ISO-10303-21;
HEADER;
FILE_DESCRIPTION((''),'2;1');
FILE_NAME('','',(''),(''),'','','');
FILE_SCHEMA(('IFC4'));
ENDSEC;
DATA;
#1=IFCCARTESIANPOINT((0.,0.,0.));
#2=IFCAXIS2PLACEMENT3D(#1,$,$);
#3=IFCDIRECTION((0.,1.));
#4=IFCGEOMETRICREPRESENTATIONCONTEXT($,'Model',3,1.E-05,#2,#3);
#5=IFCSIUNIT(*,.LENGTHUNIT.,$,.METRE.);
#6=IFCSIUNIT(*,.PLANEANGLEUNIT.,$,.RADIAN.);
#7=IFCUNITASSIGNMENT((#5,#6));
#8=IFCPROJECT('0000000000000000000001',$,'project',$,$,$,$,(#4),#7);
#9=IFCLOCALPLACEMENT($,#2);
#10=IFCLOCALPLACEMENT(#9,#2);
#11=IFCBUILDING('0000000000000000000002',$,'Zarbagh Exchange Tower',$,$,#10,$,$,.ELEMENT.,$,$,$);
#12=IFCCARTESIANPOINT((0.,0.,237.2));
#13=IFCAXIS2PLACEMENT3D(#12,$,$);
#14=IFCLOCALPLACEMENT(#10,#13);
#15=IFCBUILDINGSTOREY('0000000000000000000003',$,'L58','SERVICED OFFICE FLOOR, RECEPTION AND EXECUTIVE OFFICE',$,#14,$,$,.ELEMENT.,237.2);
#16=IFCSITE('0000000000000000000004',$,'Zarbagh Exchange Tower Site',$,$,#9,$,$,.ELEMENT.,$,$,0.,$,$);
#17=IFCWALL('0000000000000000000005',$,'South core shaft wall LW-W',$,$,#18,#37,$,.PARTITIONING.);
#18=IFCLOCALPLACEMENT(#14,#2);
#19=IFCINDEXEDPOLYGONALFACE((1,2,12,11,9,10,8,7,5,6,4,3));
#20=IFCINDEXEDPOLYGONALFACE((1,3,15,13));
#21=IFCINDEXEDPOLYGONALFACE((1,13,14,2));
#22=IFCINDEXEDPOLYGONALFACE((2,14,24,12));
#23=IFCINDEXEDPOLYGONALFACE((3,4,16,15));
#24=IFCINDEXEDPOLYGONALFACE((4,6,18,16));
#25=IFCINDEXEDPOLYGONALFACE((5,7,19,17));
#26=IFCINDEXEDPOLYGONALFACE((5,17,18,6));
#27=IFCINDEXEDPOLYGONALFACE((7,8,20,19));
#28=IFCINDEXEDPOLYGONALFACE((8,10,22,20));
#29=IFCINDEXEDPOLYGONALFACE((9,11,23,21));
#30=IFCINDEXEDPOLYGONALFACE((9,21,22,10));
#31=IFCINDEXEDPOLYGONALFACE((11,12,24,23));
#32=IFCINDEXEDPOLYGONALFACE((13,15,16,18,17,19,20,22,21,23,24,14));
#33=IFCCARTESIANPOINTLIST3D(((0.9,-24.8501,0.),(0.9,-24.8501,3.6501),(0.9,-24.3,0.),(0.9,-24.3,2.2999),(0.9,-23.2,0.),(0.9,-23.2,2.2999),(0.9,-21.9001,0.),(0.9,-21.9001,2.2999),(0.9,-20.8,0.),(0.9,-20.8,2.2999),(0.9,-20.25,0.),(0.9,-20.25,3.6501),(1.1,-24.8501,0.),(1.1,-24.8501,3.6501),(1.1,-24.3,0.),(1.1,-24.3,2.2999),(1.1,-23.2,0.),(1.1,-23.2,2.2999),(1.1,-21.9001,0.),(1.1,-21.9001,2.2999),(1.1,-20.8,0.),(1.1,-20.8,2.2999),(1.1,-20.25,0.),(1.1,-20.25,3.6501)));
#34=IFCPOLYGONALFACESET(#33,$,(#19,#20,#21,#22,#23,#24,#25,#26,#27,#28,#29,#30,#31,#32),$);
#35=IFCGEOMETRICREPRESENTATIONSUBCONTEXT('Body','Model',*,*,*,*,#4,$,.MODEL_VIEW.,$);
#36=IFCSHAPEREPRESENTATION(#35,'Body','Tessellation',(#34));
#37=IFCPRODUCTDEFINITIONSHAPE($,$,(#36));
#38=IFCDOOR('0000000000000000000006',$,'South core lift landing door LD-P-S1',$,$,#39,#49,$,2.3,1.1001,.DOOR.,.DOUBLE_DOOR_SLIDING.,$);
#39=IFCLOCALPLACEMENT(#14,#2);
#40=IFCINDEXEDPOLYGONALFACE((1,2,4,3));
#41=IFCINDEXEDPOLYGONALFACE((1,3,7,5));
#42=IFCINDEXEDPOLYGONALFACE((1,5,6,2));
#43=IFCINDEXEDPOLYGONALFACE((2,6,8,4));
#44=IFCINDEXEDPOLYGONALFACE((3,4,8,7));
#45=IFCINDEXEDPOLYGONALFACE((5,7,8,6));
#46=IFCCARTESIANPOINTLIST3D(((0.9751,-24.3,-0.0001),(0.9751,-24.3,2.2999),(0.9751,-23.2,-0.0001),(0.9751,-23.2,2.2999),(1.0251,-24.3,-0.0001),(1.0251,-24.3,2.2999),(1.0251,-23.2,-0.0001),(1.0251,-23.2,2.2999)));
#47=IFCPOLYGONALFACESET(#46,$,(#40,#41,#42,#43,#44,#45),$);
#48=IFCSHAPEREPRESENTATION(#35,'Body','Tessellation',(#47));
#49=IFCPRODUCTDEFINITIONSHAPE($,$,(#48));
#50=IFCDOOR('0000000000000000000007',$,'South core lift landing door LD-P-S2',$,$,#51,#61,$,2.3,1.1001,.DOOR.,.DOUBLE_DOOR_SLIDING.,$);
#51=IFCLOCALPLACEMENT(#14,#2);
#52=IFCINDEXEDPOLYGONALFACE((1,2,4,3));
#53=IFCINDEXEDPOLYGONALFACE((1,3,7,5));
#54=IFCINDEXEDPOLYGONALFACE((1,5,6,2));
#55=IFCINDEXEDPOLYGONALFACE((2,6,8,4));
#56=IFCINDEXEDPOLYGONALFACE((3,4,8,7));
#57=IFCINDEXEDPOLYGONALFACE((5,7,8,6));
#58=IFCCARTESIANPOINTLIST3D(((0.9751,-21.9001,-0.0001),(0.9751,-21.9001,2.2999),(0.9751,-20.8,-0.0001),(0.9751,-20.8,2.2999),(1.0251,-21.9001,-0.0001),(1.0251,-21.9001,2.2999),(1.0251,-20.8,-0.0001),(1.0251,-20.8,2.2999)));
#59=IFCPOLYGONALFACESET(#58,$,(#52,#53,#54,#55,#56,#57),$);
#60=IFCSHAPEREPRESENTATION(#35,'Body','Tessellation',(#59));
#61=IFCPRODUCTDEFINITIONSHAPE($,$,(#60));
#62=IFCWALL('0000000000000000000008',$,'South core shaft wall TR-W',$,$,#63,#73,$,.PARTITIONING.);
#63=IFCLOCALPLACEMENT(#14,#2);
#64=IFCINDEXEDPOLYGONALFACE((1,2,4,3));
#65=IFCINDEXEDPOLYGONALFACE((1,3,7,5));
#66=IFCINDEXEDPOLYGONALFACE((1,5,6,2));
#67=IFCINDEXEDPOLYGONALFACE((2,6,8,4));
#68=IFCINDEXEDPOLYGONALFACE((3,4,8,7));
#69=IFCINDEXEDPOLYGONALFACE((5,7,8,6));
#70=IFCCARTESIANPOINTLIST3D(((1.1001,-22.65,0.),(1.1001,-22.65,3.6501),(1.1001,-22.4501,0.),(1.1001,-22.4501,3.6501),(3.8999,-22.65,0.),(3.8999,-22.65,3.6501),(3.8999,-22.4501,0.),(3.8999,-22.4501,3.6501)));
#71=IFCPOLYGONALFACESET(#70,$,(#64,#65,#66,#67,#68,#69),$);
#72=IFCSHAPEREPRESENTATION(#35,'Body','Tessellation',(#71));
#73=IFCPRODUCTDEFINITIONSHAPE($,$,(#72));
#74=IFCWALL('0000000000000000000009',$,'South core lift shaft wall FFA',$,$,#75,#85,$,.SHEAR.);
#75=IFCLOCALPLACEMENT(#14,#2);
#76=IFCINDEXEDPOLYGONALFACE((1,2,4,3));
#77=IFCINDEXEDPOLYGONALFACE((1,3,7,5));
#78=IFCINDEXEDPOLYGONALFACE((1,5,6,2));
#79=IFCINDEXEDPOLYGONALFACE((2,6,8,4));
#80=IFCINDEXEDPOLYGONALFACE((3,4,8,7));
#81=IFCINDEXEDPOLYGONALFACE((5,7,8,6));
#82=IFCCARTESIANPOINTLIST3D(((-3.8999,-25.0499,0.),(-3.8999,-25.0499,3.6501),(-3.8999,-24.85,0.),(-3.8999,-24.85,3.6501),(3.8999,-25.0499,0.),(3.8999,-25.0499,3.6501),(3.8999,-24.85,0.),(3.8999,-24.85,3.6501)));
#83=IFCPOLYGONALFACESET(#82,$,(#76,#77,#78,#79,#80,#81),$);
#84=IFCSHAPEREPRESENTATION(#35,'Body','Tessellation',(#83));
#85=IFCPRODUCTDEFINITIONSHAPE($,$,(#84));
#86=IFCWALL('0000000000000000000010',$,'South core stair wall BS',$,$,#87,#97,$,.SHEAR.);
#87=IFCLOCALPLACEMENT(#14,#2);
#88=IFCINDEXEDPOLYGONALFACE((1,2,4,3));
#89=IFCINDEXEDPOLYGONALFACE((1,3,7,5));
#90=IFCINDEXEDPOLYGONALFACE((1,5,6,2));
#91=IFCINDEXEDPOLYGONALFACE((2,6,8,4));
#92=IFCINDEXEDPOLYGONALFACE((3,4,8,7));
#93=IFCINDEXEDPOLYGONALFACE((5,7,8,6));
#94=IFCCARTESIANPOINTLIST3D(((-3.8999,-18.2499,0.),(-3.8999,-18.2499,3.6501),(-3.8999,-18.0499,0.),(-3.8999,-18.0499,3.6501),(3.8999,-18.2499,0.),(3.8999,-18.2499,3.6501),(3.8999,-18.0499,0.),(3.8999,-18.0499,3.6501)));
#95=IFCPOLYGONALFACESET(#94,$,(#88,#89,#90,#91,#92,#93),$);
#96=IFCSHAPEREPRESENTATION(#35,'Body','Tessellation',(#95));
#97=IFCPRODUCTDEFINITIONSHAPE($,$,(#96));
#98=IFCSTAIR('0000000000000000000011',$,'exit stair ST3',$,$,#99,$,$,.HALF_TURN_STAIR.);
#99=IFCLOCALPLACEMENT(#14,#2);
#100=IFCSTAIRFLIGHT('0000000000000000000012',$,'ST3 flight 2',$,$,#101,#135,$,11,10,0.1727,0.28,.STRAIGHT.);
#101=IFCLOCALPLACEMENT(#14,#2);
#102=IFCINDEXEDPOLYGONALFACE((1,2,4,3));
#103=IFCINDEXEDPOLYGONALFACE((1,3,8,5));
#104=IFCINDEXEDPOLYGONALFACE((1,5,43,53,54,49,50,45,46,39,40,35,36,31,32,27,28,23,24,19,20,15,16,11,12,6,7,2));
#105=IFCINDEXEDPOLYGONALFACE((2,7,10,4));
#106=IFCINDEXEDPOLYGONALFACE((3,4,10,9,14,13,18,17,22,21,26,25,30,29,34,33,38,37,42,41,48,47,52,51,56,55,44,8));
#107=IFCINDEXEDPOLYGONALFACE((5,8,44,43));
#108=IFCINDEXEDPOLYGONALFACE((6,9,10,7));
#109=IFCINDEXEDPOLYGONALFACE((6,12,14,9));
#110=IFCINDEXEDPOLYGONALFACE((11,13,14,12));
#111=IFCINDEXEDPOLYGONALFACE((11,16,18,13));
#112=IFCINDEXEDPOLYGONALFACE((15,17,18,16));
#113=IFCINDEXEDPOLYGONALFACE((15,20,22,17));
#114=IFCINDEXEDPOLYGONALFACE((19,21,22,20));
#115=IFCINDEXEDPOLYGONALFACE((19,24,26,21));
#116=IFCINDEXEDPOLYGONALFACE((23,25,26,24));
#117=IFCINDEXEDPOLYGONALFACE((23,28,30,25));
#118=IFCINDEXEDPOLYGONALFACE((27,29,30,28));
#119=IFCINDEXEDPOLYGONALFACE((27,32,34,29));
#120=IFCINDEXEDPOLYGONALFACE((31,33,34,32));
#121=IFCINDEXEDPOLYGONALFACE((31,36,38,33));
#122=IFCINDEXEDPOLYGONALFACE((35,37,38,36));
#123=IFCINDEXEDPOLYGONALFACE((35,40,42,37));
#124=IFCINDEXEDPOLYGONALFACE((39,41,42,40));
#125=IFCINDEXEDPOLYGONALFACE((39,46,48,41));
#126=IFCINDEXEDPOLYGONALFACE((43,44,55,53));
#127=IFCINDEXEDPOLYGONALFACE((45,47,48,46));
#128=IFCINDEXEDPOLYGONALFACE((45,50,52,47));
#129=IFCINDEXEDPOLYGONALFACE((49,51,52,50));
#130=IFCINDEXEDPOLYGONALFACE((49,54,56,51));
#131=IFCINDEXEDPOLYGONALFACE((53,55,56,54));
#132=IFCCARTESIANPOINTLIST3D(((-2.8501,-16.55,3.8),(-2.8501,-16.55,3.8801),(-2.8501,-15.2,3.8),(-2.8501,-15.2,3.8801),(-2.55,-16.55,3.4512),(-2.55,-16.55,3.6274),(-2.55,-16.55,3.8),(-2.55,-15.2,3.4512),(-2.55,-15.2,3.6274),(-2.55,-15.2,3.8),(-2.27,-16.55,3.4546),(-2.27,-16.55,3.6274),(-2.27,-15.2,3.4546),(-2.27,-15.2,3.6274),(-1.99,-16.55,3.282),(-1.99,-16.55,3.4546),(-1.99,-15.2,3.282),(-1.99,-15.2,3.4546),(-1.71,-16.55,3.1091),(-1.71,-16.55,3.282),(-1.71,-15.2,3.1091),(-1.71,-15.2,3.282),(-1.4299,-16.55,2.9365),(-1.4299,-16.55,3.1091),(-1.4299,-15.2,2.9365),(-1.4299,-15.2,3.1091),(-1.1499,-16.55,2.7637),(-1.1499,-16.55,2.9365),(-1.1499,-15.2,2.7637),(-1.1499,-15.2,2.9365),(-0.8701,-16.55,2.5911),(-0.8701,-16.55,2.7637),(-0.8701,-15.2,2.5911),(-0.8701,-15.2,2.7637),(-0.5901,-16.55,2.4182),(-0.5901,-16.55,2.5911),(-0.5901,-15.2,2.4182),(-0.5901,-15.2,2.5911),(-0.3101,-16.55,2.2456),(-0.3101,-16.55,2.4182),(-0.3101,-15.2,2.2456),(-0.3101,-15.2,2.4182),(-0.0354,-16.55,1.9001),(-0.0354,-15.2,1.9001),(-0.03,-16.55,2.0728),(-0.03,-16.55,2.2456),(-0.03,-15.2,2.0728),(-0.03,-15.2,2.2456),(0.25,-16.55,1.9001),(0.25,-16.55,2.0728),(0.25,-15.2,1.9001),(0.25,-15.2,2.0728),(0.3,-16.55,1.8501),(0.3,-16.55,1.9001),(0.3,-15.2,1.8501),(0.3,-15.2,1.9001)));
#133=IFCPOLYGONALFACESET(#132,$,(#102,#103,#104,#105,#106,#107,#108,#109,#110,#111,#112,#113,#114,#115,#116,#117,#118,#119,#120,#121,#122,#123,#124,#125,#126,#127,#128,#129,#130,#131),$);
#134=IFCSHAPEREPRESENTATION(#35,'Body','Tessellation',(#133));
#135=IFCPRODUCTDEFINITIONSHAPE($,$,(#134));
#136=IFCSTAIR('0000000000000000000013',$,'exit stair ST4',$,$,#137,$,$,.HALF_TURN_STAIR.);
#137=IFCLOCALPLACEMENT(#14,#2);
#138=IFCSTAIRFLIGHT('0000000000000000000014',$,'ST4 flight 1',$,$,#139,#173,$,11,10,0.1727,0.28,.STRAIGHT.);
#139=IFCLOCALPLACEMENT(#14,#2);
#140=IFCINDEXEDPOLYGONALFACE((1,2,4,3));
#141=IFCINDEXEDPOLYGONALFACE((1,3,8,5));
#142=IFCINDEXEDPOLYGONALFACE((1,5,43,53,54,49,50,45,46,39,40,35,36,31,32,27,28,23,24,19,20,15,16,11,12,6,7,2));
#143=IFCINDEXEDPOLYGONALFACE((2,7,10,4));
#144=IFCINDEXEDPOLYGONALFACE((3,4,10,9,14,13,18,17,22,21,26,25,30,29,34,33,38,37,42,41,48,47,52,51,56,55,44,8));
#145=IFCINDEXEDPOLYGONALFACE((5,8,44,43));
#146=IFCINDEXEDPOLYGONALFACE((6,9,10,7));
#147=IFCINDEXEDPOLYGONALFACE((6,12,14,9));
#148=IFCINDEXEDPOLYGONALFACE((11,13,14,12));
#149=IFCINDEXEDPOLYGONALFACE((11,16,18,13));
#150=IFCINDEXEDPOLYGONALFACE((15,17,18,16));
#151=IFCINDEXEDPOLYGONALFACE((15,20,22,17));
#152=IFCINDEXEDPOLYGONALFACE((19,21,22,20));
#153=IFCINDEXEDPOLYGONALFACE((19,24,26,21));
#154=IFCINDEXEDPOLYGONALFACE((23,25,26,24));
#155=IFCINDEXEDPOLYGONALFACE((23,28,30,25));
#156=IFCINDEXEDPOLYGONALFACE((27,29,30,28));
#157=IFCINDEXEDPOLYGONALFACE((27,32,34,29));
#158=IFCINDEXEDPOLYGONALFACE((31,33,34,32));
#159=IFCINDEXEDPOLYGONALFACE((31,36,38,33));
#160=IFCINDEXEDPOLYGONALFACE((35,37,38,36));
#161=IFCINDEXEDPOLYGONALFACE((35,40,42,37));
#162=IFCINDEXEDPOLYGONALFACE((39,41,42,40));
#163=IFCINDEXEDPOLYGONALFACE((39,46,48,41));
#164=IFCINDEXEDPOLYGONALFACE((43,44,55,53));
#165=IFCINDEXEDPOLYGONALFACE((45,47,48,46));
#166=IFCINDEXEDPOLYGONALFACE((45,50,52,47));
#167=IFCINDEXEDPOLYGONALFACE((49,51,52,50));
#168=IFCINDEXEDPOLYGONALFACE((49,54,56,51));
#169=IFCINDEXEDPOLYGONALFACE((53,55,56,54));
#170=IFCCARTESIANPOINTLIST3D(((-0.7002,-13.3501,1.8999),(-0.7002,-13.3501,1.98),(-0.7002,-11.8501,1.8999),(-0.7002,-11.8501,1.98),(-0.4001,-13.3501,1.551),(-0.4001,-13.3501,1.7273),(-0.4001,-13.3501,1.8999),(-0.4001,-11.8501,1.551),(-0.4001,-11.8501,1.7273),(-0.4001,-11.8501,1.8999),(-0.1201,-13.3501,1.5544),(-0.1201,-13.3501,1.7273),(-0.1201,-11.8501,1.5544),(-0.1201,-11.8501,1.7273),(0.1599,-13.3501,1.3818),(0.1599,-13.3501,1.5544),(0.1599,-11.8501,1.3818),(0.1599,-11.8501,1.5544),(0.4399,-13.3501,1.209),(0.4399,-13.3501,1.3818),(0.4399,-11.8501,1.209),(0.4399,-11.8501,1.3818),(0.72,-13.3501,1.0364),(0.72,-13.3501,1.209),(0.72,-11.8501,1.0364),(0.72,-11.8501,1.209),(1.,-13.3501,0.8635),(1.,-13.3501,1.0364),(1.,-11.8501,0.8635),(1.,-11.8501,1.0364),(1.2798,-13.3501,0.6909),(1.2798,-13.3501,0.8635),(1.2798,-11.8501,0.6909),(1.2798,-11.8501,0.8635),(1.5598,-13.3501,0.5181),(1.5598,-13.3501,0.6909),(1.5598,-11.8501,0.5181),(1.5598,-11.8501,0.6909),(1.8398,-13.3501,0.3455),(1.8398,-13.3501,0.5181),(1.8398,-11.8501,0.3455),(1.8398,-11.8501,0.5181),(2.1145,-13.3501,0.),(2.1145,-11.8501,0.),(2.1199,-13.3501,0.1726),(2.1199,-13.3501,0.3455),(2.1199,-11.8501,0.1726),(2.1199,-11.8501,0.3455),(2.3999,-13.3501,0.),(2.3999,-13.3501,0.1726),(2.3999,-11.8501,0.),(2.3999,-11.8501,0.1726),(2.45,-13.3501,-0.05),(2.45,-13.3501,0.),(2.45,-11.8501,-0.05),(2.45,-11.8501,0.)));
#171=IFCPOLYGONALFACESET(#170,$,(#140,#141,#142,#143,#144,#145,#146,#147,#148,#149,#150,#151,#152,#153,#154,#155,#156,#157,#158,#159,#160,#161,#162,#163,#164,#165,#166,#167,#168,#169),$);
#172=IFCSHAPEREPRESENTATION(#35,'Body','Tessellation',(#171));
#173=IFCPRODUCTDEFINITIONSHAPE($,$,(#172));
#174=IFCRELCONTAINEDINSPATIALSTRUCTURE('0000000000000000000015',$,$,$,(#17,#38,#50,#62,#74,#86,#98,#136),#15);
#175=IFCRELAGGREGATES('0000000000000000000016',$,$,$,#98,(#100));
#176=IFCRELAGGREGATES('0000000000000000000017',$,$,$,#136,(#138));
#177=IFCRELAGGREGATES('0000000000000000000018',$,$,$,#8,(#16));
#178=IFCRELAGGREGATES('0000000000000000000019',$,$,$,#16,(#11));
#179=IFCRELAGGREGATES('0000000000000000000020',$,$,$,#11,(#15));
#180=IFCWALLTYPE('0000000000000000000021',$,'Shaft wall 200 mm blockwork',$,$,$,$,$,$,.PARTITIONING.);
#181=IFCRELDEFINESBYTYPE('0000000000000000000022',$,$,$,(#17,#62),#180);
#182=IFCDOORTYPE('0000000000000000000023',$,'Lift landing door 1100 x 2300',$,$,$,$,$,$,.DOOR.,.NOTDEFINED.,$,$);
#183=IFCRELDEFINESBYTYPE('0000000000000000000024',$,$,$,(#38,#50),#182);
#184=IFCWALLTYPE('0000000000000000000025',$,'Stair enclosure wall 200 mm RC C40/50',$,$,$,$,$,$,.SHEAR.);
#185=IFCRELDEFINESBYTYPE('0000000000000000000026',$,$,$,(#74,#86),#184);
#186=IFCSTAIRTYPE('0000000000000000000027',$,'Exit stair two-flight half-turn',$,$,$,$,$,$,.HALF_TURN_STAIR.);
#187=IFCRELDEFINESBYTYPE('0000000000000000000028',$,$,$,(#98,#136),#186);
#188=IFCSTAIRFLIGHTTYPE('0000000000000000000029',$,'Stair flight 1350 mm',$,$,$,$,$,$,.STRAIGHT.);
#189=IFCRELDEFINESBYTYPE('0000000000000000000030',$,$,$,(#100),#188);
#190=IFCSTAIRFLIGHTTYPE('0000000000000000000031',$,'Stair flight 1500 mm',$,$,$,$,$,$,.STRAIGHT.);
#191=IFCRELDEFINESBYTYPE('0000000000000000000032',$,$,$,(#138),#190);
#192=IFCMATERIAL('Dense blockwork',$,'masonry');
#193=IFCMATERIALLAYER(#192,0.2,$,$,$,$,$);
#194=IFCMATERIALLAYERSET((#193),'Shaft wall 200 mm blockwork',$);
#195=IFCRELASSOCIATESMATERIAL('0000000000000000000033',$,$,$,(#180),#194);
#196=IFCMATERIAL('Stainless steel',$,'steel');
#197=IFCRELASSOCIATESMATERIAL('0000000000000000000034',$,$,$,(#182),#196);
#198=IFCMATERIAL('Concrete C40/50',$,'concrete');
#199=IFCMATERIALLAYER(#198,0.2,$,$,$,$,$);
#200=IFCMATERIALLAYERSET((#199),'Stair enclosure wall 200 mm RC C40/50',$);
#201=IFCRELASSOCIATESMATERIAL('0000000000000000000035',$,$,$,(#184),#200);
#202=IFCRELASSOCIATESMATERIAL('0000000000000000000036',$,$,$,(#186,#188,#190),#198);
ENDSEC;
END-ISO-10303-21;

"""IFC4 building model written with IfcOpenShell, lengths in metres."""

from ifc_helpers import new_model, si_unit, direction, frame, frame_2d, origin, place, context, subcontext, project, spatial, polyline, rectangle, outline, extrude, material, layer, layer_set, type_object, element, fill, aggregate, save


model = new_model("IFC4")

# Units and contexts
model_context = context("Model", 3, precision=1e-05, world=origin(), true_north=direction((0.0, 1.0)))
body_context = subcontext(model_context, "Body", "Model", "MODEL_VIEW")
ifc_project = project(units=[si_unit("LENGTHUNIT", "METRE"), si_unit("PLANEANGLEUNIT", "RADIAN")], contexts=[model_context])

# Site, building, storey
site_placement = place(None, origin())
site = spatial("IfcSite", under=ifc_project, at=site_placement, Name="Zarbagh Exchange Tower Site", CompositionType="ELEMENT", RefElevation=0.0)
building_placement = place(site_placement, origin())
building = spatial("IfcBuilding", under=site, at=building_placement, Name="Zarbagh Exchange Tower", CompositionType="ELEMENT")
storey_placement = place(building_placement, frame((0.0, 0.0, 237.2)))
storey = spatial("IfcBuildingStorey", under=building, at=storey_placement, Name="L58", Description="SERVICED OFFICE FLOOR, RECEPTION AND EXECUTIVE OFFICE", CompositionType="ELEMENT", Elevation=237.2)

# Shared definitions
ifc_material_1 = material(Name="Dense blockwork", Category="masonry")
ifc_layer_1 = layer(ifc_material_1, 0.2)
ifc_layer_set_1 = layer_set([ifc_layer_1], Name="Shaft wall 200 mm blockwork")
wall_type_1 = type_object("IfcWallType", Name="Shaft wall 200 mm blockwork", PredefinedType="PARTITIONING", material=ifc_layer_set_1)

# Wall, openings, doors
wall_1_placement = place(storey_placement, frame((1.0, -24.8501, 0.0), z_axis=(0.0, 0.0, 1.0), x_axis=(0.0, 1.0, 0.0)))
wall_1 = element("IfcWall", 1, at=wall_1_placement, inside=storey, type_object=wall_type_1, Name="South core shaft wall LW-W", PredefinedType="PARTITIONING", context=body_context, shape_type="SweptSolid", body=[
    extrude(rectangle(XDim=4.6001, YDim=0.2, at=frame_2d((2.3, 0.0))), origin(), (0.0, 0.0, 1.0), 3.6501),
])
opening_1_placement = place(wall_1_placement, frame((0.55, 0.0, 0.0)))
opening_1 = element("IfcOpeningElement", 2, at=opening_1_placement, cuts=wall_1, PredefinedType="OPENING", context=body_context, shape_type="SweptSolid", body=[
    extrude(rectangle(XDim=1.1001, YDim=2.3, at=frame_2d((0.55, 1.1499))), frame((0.0, 0.1099, 0.0), z_axis=(0.0, -1.0, 0.0), x_axis=(1.0, 0.0, 0.0)), (0.0, 0.0, 1.0), 0.22),
])
opening_2_placement = place(wall_1_placement, frame((2.95, 0.0, 0.0)))
opening_2 = element("IfcOpeningElement", 3, at=opening_2_placement, cuts=wall_1, PredefinedType="OPENING", context=body_context, shape_type="SweptSolid", body=[
    extrude(rectangle(XDim=1.1001, YDim=2.3, at=frame_2d((0.55, 1.1499))), frame((0.0, 0.1099, 0.0), z_axis=(0.0, -1.0, 0.0), x_axis=(1.0, 0.0, 0.0)), (0.0, 0.0, 1.0), 0.22),
])
ifc_material_2 = material(Name="Stainless steel", Category="steel")
door_type = type_object("IfcDoorType", Name="Lift landing door 1100 x 2300", OperationType="NOTDEFINED", PredefinedType="DOOR", material=ifc_material_2)
door_1_placement = place(opening_1_placement, origin())
door_1 = element("IfcDoor", 4, at=door_1_placement, inside=storey, type_object=door_type, Name="South core lift landing door LD-P-S1", OperationType="DOUBLE_DOOR_SLIDING", OverallHeight=2.3, OverallWidth=1.1001, PredefinedType="DOOR", context=body_context, shape_type="SweptSolid", body=[
    extrude(rectangle(XDim=1.1001, YDim=2.3, at=frame_2d((0.55, 1.1499))), frame((0.0, 0.0249, 0.0), z_axis=(0.0, -1.0, 0.0), x_axis=(1.0, 0.0, 0.0)), (0.0, 0.0, 1.0), 0.05),
])
fill(opening_1, door_1)
door_2_placement = place(opening_2_placement, origin())
door_2 = element("IfcDoor", 5, at=door_2_placement, inside=storey, type_object=door_type, Name="South core lift landing door LD-P-S2", OperationType="DOUBLE_DOOR_SLIDING", OverallHeight=2.3, OverallWidth=1.1001, PredefinedType="DOOR", context=body_context, shape_type="SweptSolid", body=[
    extrude(rectangle(XDim=1.1001, YDim=2.3, at=frame_2d((0.55, 1.1499))), frame((0.0, 0.0249, 0.0), z_axis=(0.0, -1.0, 0.0), x_axis=(1.0, 0.0, 0.0)), (0.0, 0.0, 1.0), 0.05),
])
fill(opening_2, door_2)

# Walls
wall_2_placement = place(storey_placement, frame((3.8999, -22.55, 0.0), z_axis=(0.0, 0.0, 1.0), x_axis=(-1.0, 0.0, 0.0)))
element("IfcWall", 6, at=wall_2_placement, inside=storey, type_object=wall_type_1, Name="South core shaft wall TR-W", PredefinedType="PARTITIONING", context=body_context, shape_type="SweptSolid", body=[
    extrude(rectangle(XDim=2.7998, YDim=0.2, at=frame_2d((1.3999, 0.0))), origin(), (0.0, 0.0, 1.0), 3.6501),
])
ifc_material_3 = material(Name="Concrete C40/50", Category="concrete")
ifc_layer_2 = layer(ifc_material_3, 0.2)
ifc_layer_set_2 = layer_set([ifc_layer_2], Name="Stair enclosure wall 200 mm RC C40/50")
wall_type_2 = type_object("IfcWallType", Name="Stair enclosure wall 200 mm RC C40/50", PredefinedType="SHEAR", material=ifc_layer_set_2)
for number, where, z_axis, x_axis, name in (
    (7, (3.8999, -24.95, 0.0), (0.0, 0.0, 1.0), (-1.0, 0.0, 0.0), "South core lift shaft wall FFA"),
    (8, (3.8999, -18.1499, 0.0), (0.0, 0.0, 1.0), (-1.0, 0.0, 0.0), "South core stair wall BS"),
):
    element("IfcWall", number, at=place(storey_placement, frame(where, z_axis=z_axis, x_axis=x_axis)), inside=storey, type_object=wall_type_2, Name=name, PredefinedType="SHEAR", context=body_context, shape_type="SweptSolid", body=[
        extrude(rectangle(XDim=7.7998, YDim=0.2, at=frame_2d((3.8999, 0.0))), origin(), (0.0, 0.0, 1.0), 3.6501),
    ])

# Stairs, stair flights
stair_type = type_object("IfcStairType", Name="Exit stair two-flight half-turn", PredefinedType="HALF_TURN_STAIR", material=ifc_material_3)
stair_1_placement = place(storey_placement, origin())
stair_1 = element("IfcStair", 9, at=stair_1_placement, inside=storey, type_object=stair_type, Name="exit stair ST3", PredefinedType="HALF_TURN_STAIR")
stair_flight_type_1 = type_object("IfcStairFlightType", Name="Stair flight 1350 mm", PredefinedType="STRAIGHT", material=ifc_material_3)
stair_flight_1_placement = place(storey_placement, frame((0.25, -15.875, 1.9001), z_axis=(0.0, 0.0, 1.0), x_axis=(-1.0, 0.0, 0.0)))
stair_flight_1 = element("IfcStairFlight", 10, at=stair_flight_1_placement, type_object=stair_flight_type_1, Name="ST3 flight 2", NumberOfRisers=11, NumberOfTreads=10, PredefinedType="STRAIGHT", RiserHeight=0.1727, TreadLength=0.28, context=body_context, shape_type="SweptSolid", body=[
    extrude(outline(polyline([(-0.05, -0.05), (-0.05, 0.0), (0.0, 0.0), (0.0, 0.1726), (0.28, 0.1726), (0.28, 0.3455), (0.5601, 0.3455), (0.5601, 0.5181), (0.8401, 0.5181), (0.8401, 0.6909), (1.1201, 0.6909), (1.1201, 0.8635), (1.3999, 0.8635), (1.3999, 1.0364), (1.6799, 1.0364), (1.6799, 1.209), (1.96, 1.209), (1.96, 1.3818), (2.24, 1.3818), (2.24, 1.5544), (2.52, 1.5544), (2.52, 1.7273), (2.8, 1.7273), (2.8, 1.8999), (3.1001, 1.98), (3.1001, 1.8999), (2.8, 1.551), (0.2854, 0.0), (-0.05, -0.05)])), frame((0.0, 0.675, 0.0), z_axis=(0.0, -1.0, 0.0), x_axis=(1.0, 0.0, 0.0)), (0.0, 0.0, 1.0), 1.3501),
])
aggregate(stair_1, [stair_flight_1])
stair_2_placement = place(storey_placement, origin())
stair_2 = element("IfcStair", 11, at=stair_2_placement, inside=storey, type_object=stair_type, Name="exit stair ST4", PredefinedType="HALF_TURN_STAIR")
stair_flight_type_2 = type_object("IfcStairFlightType", Name="Stair flight 1500 mm", PredefinedType="STRAIGHT", material=ifc_material_3)
stair_flight_2_placement = place(storey_placement, frame((2.3999, -12.6001, 0.0), z_axis=(0.0, 0.0, 1.0), x_axis=(-1.0, 0.0, 0.0)))
stair_flight_2 = element("IfcStairFlight", 12, at=stair_flight_2_placement, type_object=stair_flight_type_2, Name="ST4 flight 1", NumberOfRisers=11, NumberOfTreads=10, PredefinedType="STRAIGHT", RiserHeight=0.1727, TreadLength=0.28, context=body_context, shape_type="SweptSolid", body=[
    extrude(outline(polyline([(-0.05, -0.05), (-0.05, 0.0), (0.0, 0.0), (0.0, 0.1726), (0.28, 0.1726), (0.28, 0.3455), (0.5601, 0.3455), (0.5601, 0.5181), (0.8401, 0.5181), (0.8401, 0.6909), (1.1201, 0.6909), (1.1201, 0.8635), (1.3999, 0.8635), (1.3999, 1.0364), (1.6799, 1.0364), (1.6799, 1.209), (1.96, 1.209), (1.96, 1.3818), (2.24, 1.3818), (2.24, 1.5544), (2.52, 1.5544), (2.52, 1.7273), (2.8, 1.7273), (2.8, 1.8999), (3.1001, 1.98), (3.1001, 1.8999), (2.8, 1.551), (0.2854, 0.0), (-0.05, -0.05)])), frame((0.0, 0.75, 0.0), z_axis=(0.0, -1.0, 0.0), x_axis=(1.0, 0.0, 0.0)), (0.0, 0.0, 1.0), 1.5),
])
aggregate(stair_2, [stair_flight_2])

save(model, "model.ifc")
